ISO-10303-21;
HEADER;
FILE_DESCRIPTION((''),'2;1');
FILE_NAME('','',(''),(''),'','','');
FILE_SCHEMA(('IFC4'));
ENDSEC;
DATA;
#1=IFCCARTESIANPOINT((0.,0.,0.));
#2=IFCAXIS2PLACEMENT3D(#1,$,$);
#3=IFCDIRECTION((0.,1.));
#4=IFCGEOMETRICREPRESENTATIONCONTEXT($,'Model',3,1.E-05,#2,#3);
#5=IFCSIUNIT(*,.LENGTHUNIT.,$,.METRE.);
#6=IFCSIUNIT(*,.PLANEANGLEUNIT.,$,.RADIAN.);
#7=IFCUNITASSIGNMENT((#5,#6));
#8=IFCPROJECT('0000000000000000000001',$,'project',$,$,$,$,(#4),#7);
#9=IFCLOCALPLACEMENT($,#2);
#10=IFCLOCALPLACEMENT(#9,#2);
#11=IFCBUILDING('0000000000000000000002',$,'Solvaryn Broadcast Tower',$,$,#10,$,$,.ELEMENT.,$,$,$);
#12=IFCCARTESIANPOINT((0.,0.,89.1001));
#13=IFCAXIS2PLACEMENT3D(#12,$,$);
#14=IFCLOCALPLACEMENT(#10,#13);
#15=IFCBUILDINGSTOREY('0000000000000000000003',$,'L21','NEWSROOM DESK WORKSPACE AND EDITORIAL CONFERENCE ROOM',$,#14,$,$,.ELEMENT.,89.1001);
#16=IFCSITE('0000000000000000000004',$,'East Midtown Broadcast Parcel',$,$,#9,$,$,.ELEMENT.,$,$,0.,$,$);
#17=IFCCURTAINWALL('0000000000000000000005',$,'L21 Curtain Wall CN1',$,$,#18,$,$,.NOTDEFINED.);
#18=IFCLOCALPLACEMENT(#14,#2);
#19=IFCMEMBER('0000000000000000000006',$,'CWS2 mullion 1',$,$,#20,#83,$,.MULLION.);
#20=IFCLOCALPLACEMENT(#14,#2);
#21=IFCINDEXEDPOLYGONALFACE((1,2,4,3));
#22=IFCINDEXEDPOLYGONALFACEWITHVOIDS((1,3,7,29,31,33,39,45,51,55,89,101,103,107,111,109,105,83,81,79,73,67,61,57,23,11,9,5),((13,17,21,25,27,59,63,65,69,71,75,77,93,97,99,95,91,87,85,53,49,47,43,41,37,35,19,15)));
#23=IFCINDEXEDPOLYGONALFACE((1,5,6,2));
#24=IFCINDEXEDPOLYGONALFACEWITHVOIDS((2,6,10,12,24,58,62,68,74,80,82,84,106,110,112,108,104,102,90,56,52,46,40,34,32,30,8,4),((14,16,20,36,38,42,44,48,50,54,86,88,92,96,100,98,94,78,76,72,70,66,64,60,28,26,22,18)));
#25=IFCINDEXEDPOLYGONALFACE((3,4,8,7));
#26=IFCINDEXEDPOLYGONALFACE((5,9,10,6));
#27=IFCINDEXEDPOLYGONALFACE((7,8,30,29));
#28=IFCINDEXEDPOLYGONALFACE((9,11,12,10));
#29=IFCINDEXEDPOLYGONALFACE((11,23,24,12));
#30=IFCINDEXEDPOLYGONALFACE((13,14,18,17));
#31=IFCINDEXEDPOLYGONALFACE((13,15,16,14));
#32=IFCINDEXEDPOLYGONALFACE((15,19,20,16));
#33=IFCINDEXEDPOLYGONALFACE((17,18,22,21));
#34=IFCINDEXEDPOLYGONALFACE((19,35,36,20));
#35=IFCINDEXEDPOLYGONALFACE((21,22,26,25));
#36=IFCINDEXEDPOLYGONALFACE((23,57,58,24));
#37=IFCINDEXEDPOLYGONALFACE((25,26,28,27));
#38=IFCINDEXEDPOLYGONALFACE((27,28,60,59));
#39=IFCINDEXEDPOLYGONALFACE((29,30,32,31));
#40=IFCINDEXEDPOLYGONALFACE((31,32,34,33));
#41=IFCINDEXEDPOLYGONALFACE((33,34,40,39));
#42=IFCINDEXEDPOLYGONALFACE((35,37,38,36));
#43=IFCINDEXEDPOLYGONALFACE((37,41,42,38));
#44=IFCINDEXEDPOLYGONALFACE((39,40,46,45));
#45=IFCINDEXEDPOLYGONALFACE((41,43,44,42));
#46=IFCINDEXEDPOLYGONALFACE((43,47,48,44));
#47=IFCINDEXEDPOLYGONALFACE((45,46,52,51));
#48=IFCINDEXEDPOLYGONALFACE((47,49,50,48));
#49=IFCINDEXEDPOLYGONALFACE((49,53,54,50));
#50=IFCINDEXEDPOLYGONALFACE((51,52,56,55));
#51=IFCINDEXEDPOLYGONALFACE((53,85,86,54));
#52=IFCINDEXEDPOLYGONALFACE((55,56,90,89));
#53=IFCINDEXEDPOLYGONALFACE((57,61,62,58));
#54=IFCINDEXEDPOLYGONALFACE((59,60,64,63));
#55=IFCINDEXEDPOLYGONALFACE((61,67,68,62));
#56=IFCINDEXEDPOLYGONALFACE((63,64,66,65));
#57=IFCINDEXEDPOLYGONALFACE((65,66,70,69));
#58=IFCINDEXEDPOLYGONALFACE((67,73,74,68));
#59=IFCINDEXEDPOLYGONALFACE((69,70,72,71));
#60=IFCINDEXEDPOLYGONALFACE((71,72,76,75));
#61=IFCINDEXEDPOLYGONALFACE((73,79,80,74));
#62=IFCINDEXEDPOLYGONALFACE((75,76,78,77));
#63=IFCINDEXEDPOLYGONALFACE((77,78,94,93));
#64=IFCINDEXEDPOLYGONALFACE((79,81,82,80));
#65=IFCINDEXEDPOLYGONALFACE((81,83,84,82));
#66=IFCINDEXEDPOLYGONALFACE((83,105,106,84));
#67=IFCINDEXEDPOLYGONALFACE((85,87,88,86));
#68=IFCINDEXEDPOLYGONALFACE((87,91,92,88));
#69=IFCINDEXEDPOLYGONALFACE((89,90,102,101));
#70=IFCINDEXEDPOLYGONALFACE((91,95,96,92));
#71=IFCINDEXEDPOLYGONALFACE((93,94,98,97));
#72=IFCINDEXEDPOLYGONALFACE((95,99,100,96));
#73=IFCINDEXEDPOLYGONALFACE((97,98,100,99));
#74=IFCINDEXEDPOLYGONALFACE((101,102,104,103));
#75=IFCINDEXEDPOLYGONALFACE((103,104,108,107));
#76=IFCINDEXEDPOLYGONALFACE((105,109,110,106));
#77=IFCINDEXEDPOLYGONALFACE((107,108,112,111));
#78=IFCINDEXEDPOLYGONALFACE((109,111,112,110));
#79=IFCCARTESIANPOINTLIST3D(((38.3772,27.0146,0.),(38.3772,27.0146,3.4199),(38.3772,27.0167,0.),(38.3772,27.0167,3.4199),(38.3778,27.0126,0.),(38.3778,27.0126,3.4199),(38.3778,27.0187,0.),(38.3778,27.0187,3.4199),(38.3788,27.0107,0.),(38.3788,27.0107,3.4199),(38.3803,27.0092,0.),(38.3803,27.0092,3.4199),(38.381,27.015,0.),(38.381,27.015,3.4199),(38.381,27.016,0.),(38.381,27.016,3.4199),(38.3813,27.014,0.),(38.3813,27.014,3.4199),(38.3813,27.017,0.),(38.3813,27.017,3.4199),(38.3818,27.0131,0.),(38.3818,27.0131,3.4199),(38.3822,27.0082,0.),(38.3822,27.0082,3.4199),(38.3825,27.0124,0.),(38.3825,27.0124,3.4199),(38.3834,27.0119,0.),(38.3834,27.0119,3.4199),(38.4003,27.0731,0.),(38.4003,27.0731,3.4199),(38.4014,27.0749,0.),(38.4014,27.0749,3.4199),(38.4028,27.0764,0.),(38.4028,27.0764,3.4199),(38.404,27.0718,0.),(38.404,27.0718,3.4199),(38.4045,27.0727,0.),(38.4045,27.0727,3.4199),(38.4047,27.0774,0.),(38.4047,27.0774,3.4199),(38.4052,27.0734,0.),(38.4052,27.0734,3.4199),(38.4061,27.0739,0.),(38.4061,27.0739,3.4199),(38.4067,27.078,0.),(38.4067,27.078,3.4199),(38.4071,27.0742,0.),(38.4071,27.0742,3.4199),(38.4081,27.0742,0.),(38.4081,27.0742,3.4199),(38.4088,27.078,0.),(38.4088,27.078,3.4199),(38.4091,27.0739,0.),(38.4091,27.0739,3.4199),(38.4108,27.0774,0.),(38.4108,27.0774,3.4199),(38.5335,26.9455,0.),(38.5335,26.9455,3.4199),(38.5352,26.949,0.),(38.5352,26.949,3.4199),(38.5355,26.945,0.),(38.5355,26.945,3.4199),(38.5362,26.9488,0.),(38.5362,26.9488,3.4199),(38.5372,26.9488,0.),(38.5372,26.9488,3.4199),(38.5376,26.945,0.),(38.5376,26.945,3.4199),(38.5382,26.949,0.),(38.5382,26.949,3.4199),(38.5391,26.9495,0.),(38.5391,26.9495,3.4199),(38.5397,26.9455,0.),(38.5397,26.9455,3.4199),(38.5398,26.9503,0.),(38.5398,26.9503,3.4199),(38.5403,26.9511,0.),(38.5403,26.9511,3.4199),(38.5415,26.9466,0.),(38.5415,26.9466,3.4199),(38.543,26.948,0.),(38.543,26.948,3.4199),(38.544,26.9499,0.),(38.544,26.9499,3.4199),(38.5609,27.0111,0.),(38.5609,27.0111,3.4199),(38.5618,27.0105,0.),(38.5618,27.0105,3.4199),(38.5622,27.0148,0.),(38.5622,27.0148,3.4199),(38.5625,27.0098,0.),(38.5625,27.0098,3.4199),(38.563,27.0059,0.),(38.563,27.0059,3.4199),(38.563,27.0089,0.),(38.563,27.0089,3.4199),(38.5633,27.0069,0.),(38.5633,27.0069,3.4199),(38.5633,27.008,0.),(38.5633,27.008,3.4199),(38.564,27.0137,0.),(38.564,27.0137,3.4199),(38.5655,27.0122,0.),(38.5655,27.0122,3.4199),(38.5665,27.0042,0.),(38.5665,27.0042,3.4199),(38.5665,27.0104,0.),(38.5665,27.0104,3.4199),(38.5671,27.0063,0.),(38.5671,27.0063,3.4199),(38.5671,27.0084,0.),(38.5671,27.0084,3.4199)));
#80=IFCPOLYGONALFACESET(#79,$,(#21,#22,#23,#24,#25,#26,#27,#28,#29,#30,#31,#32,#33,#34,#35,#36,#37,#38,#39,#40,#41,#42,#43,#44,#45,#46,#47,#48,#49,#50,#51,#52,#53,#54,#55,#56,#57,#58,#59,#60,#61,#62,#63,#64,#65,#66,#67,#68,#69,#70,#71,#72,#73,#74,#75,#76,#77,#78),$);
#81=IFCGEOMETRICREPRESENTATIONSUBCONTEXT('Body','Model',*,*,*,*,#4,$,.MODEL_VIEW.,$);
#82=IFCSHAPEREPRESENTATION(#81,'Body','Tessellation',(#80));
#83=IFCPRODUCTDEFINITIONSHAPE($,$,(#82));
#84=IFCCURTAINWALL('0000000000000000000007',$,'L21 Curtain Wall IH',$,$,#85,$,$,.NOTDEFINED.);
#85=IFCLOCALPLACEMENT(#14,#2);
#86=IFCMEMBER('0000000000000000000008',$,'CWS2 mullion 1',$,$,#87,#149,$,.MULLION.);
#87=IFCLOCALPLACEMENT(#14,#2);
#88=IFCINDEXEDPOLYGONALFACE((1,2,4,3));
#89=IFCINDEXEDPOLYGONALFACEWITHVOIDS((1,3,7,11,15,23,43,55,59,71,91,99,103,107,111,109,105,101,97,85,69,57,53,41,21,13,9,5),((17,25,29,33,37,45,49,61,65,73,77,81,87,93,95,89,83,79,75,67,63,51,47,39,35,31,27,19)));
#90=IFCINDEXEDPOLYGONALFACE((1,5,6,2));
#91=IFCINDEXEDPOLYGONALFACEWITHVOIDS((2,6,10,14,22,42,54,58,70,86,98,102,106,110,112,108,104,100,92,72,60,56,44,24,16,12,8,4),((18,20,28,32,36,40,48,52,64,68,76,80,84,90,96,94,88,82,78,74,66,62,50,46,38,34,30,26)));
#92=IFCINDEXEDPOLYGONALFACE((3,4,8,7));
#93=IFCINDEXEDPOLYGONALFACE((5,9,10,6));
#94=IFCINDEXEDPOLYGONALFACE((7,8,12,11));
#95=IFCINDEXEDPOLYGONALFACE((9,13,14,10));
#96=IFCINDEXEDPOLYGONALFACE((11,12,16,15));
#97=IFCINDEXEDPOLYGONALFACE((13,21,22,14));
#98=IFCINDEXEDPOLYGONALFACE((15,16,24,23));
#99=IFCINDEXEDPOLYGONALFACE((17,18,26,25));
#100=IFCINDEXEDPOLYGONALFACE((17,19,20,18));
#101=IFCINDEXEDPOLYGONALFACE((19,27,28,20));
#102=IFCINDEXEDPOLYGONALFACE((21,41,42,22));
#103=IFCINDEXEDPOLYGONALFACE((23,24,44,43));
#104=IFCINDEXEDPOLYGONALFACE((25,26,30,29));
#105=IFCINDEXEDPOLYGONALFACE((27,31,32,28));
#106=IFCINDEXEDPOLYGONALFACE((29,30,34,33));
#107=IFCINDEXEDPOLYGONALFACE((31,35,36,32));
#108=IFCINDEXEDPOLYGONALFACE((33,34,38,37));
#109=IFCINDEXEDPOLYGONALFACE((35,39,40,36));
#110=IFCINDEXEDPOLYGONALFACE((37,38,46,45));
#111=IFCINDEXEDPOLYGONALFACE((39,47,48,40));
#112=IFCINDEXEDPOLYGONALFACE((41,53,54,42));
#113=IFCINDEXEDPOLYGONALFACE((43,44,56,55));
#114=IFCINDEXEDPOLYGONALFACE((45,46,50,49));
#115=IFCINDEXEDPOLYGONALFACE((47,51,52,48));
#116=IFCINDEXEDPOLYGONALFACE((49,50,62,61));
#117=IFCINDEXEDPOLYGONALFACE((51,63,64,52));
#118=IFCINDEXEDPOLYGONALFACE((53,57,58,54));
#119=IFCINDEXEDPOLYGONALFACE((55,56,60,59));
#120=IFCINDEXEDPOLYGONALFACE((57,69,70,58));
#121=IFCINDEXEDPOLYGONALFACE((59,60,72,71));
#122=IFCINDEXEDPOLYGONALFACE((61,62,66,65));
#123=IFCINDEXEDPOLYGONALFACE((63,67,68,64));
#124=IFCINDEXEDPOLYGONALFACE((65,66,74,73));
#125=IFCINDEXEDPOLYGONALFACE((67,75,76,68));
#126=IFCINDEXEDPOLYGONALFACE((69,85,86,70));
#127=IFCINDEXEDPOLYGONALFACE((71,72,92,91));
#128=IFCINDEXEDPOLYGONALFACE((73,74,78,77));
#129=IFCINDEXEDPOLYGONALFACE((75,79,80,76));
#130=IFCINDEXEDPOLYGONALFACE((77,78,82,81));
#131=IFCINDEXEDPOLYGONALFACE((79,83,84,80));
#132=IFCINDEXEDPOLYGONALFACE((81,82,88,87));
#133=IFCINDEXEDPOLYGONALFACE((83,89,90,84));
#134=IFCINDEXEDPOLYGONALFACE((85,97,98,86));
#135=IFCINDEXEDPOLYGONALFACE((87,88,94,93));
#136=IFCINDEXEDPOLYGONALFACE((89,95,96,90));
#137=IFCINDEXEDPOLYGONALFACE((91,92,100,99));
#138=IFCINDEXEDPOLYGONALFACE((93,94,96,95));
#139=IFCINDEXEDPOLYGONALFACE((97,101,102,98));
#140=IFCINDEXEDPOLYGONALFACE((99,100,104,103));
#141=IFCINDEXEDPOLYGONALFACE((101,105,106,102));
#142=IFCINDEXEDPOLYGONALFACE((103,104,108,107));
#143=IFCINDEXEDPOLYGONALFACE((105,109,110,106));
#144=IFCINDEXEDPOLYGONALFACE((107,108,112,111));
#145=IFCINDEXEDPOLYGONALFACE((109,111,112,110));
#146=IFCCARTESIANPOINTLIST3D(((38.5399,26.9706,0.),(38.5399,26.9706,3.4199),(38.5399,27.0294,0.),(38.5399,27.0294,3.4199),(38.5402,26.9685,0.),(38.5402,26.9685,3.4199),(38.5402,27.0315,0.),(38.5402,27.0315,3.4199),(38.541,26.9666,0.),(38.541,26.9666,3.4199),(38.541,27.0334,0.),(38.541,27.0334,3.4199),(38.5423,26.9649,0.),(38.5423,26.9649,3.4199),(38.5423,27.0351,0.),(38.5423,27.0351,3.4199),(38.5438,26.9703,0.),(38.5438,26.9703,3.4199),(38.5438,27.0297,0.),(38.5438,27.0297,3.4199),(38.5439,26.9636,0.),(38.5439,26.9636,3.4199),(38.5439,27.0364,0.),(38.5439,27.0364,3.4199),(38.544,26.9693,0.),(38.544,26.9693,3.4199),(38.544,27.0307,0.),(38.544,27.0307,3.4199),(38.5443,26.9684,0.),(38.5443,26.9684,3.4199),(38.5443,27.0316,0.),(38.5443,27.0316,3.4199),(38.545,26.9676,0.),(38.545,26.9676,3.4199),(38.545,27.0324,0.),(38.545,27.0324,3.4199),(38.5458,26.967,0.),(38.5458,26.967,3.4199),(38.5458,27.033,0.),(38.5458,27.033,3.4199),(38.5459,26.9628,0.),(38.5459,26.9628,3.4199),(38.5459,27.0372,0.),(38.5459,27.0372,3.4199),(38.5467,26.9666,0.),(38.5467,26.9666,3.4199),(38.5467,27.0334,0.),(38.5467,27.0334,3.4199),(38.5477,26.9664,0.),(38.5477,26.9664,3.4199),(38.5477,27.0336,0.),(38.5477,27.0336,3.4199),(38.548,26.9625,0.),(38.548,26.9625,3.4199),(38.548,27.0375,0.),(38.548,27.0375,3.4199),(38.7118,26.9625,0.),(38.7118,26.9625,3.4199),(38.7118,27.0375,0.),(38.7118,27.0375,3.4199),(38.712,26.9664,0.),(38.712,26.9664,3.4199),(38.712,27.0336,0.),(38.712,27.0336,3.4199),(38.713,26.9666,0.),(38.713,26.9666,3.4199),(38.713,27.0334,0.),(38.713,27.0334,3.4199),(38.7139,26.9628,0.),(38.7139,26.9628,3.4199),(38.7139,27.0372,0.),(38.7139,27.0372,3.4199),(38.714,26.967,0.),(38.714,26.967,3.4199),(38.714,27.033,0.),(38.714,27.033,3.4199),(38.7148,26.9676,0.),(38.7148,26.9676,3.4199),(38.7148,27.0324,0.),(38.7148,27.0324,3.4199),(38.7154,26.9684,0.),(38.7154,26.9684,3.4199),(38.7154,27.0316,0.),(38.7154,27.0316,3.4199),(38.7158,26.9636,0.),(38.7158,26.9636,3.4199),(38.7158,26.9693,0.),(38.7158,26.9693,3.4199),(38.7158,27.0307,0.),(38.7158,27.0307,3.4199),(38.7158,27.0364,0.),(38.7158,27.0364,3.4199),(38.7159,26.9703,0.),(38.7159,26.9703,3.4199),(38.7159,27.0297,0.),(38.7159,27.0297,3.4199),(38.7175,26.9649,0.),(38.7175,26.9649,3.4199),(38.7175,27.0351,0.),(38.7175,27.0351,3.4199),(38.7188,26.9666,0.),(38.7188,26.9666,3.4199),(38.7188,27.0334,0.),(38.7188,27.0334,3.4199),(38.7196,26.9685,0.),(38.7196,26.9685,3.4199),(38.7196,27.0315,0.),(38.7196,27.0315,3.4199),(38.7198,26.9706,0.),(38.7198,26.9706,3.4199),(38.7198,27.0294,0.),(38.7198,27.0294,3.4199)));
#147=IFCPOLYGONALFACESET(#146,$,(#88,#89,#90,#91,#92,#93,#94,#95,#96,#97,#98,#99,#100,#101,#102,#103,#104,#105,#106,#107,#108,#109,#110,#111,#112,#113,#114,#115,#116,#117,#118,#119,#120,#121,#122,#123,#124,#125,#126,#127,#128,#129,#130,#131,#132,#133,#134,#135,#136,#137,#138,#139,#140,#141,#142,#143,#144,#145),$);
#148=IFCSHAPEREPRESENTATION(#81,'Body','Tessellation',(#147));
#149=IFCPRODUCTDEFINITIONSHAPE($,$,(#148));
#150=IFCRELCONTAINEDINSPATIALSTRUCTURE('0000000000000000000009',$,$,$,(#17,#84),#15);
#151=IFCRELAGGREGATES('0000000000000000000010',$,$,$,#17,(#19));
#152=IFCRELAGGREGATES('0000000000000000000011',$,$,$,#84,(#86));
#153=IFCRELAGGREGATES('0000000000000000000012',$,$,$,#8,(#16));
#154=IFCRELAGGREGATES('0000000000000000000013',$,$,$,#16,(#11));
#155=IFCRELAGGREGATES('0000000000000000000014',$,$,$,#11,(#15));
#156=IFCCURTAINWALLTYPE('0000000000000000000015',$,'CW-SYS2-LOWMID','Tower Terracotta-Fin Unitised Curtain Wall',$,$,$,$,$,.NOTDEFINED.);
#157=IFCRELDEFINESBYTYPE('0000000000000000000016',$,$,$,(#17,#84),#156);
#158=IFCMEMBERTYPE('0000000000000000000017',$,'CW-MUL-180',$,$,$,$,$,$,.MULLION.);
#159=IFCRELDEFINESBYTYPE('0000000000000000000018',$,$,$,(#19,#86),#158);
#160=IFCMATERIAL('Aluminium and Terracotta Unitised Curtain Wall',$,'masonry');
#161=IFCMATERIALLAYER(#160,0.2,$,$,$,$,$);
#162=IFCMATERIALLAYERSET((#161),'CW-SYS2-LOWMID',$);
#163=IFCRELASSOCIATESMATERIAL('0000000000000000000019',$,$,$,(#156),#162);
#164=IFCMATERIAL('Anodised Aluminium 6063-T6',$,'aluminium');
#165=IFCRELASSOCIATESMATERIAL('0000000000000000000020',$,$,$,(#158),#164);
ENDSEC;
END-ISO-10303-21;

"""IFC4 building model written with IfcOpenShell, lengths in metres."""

from ifc_helpers import new_model, si_unit, direction, frame, origin, origin_2d, place, context, subcontext, project, spatial, hollow_rectangle, extrude, material, layer, layer_set, material_profile, profile_set, type_object, element, aggregate, save


model = new_model("IFC4")

# Units and contexts
model_context = context("Model", 3, precision=1e-05, world=origin(), true_north=direction((0.0, 1.0)))
body_context = subcontext(model_context, "Body", "Model", "MODEL_VIEW")
ifc_project = project(units=[si_unit("LENGTHUNIT", "METRE"), si_unit("PLANEANGLEUNIT", "RADIAN")], contexts=[model_context])

# Site, building, storey
site_placement = place(None, origin())
site = spatial("IfcSite", under=ifc_project, at=site_placement, Name="East Midtown Broadcast Parcel", CompositionType="ELEMENT", RefElevation=0.0)
building_placement = place(site_placement, origin())
building = spatial("IfcBuilding", under=site, at=building_placement, Name="Solvaryn Broadcast Tower", CompositionType="ELEMENT")
storey_placement = place(building_placement, frame((0.0, 0.0, 89.1001)))
storey = spatial("IfcBuildingStorey", under=building, at=storey_placement, Name="L21", Description="NEWSROOM DESK WORKSPACE AND EDITORIAL CONFERENCE ROOM", CompositionType="ELEMENT", Elevation=89.1001)

# Curtain walls, members
ifc_material_1 = material(Name="Aluminium and Terracotta Unitised Curtain Wall", Category="masonry")
ifc_layer_1 = layer(ifc_material_1, 0.2)
ifc_layer_set_1 = layer_set([ifc_layer_1], Name="CW-SYS2-LOWMID")
curtain_wall_type = type_object("IfcCurtainWallType", Name="CW-SYS2-LOWMID", Description="Tower Terracotta-Fin Unitised Curtain Wall", PredefinedType="NOTDEFINED", material=ifc_layer_set_1)
curtain_wall_1_placement = place(storey_placement, origin())
curtain_wall_1 = element("IfcCurtainWall", 1, at=curtain_wall_1_placement, inside=storey, type_object=curtain_wall_type, Name="L21 Curtain Wall CN1", PredefinedType="NOTDEFINED")
ifc_material_2 = material(Name="Anodised Aluminium 6063-T6", Category="aluminium")
ifc_material_profile_1 = material_profile(ifc_material_2, hollow_rectangle(XDim=0.075, YDim=0.1799, WallThickness=0.0039, InnerFilletRadius=0.0039, OuterFilletRadius=0.0081, at=origin_2d()))
ifc_profile_set_1 = profile_set([ifc_material_profile_1], Name="Anodised Aluminium 6063-T6")
member_type_1 = type_object("IfcMemberType", Name="CW-MUL-180", PredefinedType="MULLION", material=ifc_profile_set_1)
member_1_placement = place(storey_placement, frame((38.4722, 27.0115, 0.0), z_axis=(0.0, 0.0, 1.0), x_axis=(-0.382646, -0.923895, 0.0)))
member_1 = element("IfcMember", 2, at=member_1_placement, type_object=member_type_1, Name="CWS2 mullion 1", PredefinedType="MULLION", context=body_context, shape_type="SweptSolid", body=[
    extrude(hollow_rectangle(XDim=0.075, YDim=0.1799, WallThickness=0.0039, InnerFilletRadius=0.0039, OuterFilletRadius=0.0081, at=origin_2d()), origin(), (0.0, 0.0, 1.0), 3.4199),
])
curtain_wall_2_placement = place(storey_placement, origin())
curtain_wall_2 = element("IfcCurtainWall", 3, at=curtain_wall_2_placement, inside=storey, type_object=curtain_wall_type, Name="L21 Curtain Wall IH", PredefinedType="NOTDEFINED")
member_2_placement = place(storey_placement, frame((38.6299, 27.0, 0.0), z_axis=(0.0, 0.0, 1.0), x_axis=(0.0, 1.0, 0.0)))
member_2 = element("IfcMember", 4, at=member_2_placement, type_object=member_type_1, Name="CWS2 mullion 1", PredefinedType="MULLION", context=body_context, shape_type="SweptSolid", body=[
    extrude(hollow_rectangle(XDim=0.075, YDim=0.1799, WallThickness=0.0039, InnerFilletRadius=0.0039, OuterFilletRadius=0.0081, at=origin_2d()), origin(), (0.0, 0.0, 1.0), 3.4199),
])

aggregate(curtain_wall_1, [member_1])
aggregate(curtain_wall_2, [member_2])

save(model, "model.ifc")
